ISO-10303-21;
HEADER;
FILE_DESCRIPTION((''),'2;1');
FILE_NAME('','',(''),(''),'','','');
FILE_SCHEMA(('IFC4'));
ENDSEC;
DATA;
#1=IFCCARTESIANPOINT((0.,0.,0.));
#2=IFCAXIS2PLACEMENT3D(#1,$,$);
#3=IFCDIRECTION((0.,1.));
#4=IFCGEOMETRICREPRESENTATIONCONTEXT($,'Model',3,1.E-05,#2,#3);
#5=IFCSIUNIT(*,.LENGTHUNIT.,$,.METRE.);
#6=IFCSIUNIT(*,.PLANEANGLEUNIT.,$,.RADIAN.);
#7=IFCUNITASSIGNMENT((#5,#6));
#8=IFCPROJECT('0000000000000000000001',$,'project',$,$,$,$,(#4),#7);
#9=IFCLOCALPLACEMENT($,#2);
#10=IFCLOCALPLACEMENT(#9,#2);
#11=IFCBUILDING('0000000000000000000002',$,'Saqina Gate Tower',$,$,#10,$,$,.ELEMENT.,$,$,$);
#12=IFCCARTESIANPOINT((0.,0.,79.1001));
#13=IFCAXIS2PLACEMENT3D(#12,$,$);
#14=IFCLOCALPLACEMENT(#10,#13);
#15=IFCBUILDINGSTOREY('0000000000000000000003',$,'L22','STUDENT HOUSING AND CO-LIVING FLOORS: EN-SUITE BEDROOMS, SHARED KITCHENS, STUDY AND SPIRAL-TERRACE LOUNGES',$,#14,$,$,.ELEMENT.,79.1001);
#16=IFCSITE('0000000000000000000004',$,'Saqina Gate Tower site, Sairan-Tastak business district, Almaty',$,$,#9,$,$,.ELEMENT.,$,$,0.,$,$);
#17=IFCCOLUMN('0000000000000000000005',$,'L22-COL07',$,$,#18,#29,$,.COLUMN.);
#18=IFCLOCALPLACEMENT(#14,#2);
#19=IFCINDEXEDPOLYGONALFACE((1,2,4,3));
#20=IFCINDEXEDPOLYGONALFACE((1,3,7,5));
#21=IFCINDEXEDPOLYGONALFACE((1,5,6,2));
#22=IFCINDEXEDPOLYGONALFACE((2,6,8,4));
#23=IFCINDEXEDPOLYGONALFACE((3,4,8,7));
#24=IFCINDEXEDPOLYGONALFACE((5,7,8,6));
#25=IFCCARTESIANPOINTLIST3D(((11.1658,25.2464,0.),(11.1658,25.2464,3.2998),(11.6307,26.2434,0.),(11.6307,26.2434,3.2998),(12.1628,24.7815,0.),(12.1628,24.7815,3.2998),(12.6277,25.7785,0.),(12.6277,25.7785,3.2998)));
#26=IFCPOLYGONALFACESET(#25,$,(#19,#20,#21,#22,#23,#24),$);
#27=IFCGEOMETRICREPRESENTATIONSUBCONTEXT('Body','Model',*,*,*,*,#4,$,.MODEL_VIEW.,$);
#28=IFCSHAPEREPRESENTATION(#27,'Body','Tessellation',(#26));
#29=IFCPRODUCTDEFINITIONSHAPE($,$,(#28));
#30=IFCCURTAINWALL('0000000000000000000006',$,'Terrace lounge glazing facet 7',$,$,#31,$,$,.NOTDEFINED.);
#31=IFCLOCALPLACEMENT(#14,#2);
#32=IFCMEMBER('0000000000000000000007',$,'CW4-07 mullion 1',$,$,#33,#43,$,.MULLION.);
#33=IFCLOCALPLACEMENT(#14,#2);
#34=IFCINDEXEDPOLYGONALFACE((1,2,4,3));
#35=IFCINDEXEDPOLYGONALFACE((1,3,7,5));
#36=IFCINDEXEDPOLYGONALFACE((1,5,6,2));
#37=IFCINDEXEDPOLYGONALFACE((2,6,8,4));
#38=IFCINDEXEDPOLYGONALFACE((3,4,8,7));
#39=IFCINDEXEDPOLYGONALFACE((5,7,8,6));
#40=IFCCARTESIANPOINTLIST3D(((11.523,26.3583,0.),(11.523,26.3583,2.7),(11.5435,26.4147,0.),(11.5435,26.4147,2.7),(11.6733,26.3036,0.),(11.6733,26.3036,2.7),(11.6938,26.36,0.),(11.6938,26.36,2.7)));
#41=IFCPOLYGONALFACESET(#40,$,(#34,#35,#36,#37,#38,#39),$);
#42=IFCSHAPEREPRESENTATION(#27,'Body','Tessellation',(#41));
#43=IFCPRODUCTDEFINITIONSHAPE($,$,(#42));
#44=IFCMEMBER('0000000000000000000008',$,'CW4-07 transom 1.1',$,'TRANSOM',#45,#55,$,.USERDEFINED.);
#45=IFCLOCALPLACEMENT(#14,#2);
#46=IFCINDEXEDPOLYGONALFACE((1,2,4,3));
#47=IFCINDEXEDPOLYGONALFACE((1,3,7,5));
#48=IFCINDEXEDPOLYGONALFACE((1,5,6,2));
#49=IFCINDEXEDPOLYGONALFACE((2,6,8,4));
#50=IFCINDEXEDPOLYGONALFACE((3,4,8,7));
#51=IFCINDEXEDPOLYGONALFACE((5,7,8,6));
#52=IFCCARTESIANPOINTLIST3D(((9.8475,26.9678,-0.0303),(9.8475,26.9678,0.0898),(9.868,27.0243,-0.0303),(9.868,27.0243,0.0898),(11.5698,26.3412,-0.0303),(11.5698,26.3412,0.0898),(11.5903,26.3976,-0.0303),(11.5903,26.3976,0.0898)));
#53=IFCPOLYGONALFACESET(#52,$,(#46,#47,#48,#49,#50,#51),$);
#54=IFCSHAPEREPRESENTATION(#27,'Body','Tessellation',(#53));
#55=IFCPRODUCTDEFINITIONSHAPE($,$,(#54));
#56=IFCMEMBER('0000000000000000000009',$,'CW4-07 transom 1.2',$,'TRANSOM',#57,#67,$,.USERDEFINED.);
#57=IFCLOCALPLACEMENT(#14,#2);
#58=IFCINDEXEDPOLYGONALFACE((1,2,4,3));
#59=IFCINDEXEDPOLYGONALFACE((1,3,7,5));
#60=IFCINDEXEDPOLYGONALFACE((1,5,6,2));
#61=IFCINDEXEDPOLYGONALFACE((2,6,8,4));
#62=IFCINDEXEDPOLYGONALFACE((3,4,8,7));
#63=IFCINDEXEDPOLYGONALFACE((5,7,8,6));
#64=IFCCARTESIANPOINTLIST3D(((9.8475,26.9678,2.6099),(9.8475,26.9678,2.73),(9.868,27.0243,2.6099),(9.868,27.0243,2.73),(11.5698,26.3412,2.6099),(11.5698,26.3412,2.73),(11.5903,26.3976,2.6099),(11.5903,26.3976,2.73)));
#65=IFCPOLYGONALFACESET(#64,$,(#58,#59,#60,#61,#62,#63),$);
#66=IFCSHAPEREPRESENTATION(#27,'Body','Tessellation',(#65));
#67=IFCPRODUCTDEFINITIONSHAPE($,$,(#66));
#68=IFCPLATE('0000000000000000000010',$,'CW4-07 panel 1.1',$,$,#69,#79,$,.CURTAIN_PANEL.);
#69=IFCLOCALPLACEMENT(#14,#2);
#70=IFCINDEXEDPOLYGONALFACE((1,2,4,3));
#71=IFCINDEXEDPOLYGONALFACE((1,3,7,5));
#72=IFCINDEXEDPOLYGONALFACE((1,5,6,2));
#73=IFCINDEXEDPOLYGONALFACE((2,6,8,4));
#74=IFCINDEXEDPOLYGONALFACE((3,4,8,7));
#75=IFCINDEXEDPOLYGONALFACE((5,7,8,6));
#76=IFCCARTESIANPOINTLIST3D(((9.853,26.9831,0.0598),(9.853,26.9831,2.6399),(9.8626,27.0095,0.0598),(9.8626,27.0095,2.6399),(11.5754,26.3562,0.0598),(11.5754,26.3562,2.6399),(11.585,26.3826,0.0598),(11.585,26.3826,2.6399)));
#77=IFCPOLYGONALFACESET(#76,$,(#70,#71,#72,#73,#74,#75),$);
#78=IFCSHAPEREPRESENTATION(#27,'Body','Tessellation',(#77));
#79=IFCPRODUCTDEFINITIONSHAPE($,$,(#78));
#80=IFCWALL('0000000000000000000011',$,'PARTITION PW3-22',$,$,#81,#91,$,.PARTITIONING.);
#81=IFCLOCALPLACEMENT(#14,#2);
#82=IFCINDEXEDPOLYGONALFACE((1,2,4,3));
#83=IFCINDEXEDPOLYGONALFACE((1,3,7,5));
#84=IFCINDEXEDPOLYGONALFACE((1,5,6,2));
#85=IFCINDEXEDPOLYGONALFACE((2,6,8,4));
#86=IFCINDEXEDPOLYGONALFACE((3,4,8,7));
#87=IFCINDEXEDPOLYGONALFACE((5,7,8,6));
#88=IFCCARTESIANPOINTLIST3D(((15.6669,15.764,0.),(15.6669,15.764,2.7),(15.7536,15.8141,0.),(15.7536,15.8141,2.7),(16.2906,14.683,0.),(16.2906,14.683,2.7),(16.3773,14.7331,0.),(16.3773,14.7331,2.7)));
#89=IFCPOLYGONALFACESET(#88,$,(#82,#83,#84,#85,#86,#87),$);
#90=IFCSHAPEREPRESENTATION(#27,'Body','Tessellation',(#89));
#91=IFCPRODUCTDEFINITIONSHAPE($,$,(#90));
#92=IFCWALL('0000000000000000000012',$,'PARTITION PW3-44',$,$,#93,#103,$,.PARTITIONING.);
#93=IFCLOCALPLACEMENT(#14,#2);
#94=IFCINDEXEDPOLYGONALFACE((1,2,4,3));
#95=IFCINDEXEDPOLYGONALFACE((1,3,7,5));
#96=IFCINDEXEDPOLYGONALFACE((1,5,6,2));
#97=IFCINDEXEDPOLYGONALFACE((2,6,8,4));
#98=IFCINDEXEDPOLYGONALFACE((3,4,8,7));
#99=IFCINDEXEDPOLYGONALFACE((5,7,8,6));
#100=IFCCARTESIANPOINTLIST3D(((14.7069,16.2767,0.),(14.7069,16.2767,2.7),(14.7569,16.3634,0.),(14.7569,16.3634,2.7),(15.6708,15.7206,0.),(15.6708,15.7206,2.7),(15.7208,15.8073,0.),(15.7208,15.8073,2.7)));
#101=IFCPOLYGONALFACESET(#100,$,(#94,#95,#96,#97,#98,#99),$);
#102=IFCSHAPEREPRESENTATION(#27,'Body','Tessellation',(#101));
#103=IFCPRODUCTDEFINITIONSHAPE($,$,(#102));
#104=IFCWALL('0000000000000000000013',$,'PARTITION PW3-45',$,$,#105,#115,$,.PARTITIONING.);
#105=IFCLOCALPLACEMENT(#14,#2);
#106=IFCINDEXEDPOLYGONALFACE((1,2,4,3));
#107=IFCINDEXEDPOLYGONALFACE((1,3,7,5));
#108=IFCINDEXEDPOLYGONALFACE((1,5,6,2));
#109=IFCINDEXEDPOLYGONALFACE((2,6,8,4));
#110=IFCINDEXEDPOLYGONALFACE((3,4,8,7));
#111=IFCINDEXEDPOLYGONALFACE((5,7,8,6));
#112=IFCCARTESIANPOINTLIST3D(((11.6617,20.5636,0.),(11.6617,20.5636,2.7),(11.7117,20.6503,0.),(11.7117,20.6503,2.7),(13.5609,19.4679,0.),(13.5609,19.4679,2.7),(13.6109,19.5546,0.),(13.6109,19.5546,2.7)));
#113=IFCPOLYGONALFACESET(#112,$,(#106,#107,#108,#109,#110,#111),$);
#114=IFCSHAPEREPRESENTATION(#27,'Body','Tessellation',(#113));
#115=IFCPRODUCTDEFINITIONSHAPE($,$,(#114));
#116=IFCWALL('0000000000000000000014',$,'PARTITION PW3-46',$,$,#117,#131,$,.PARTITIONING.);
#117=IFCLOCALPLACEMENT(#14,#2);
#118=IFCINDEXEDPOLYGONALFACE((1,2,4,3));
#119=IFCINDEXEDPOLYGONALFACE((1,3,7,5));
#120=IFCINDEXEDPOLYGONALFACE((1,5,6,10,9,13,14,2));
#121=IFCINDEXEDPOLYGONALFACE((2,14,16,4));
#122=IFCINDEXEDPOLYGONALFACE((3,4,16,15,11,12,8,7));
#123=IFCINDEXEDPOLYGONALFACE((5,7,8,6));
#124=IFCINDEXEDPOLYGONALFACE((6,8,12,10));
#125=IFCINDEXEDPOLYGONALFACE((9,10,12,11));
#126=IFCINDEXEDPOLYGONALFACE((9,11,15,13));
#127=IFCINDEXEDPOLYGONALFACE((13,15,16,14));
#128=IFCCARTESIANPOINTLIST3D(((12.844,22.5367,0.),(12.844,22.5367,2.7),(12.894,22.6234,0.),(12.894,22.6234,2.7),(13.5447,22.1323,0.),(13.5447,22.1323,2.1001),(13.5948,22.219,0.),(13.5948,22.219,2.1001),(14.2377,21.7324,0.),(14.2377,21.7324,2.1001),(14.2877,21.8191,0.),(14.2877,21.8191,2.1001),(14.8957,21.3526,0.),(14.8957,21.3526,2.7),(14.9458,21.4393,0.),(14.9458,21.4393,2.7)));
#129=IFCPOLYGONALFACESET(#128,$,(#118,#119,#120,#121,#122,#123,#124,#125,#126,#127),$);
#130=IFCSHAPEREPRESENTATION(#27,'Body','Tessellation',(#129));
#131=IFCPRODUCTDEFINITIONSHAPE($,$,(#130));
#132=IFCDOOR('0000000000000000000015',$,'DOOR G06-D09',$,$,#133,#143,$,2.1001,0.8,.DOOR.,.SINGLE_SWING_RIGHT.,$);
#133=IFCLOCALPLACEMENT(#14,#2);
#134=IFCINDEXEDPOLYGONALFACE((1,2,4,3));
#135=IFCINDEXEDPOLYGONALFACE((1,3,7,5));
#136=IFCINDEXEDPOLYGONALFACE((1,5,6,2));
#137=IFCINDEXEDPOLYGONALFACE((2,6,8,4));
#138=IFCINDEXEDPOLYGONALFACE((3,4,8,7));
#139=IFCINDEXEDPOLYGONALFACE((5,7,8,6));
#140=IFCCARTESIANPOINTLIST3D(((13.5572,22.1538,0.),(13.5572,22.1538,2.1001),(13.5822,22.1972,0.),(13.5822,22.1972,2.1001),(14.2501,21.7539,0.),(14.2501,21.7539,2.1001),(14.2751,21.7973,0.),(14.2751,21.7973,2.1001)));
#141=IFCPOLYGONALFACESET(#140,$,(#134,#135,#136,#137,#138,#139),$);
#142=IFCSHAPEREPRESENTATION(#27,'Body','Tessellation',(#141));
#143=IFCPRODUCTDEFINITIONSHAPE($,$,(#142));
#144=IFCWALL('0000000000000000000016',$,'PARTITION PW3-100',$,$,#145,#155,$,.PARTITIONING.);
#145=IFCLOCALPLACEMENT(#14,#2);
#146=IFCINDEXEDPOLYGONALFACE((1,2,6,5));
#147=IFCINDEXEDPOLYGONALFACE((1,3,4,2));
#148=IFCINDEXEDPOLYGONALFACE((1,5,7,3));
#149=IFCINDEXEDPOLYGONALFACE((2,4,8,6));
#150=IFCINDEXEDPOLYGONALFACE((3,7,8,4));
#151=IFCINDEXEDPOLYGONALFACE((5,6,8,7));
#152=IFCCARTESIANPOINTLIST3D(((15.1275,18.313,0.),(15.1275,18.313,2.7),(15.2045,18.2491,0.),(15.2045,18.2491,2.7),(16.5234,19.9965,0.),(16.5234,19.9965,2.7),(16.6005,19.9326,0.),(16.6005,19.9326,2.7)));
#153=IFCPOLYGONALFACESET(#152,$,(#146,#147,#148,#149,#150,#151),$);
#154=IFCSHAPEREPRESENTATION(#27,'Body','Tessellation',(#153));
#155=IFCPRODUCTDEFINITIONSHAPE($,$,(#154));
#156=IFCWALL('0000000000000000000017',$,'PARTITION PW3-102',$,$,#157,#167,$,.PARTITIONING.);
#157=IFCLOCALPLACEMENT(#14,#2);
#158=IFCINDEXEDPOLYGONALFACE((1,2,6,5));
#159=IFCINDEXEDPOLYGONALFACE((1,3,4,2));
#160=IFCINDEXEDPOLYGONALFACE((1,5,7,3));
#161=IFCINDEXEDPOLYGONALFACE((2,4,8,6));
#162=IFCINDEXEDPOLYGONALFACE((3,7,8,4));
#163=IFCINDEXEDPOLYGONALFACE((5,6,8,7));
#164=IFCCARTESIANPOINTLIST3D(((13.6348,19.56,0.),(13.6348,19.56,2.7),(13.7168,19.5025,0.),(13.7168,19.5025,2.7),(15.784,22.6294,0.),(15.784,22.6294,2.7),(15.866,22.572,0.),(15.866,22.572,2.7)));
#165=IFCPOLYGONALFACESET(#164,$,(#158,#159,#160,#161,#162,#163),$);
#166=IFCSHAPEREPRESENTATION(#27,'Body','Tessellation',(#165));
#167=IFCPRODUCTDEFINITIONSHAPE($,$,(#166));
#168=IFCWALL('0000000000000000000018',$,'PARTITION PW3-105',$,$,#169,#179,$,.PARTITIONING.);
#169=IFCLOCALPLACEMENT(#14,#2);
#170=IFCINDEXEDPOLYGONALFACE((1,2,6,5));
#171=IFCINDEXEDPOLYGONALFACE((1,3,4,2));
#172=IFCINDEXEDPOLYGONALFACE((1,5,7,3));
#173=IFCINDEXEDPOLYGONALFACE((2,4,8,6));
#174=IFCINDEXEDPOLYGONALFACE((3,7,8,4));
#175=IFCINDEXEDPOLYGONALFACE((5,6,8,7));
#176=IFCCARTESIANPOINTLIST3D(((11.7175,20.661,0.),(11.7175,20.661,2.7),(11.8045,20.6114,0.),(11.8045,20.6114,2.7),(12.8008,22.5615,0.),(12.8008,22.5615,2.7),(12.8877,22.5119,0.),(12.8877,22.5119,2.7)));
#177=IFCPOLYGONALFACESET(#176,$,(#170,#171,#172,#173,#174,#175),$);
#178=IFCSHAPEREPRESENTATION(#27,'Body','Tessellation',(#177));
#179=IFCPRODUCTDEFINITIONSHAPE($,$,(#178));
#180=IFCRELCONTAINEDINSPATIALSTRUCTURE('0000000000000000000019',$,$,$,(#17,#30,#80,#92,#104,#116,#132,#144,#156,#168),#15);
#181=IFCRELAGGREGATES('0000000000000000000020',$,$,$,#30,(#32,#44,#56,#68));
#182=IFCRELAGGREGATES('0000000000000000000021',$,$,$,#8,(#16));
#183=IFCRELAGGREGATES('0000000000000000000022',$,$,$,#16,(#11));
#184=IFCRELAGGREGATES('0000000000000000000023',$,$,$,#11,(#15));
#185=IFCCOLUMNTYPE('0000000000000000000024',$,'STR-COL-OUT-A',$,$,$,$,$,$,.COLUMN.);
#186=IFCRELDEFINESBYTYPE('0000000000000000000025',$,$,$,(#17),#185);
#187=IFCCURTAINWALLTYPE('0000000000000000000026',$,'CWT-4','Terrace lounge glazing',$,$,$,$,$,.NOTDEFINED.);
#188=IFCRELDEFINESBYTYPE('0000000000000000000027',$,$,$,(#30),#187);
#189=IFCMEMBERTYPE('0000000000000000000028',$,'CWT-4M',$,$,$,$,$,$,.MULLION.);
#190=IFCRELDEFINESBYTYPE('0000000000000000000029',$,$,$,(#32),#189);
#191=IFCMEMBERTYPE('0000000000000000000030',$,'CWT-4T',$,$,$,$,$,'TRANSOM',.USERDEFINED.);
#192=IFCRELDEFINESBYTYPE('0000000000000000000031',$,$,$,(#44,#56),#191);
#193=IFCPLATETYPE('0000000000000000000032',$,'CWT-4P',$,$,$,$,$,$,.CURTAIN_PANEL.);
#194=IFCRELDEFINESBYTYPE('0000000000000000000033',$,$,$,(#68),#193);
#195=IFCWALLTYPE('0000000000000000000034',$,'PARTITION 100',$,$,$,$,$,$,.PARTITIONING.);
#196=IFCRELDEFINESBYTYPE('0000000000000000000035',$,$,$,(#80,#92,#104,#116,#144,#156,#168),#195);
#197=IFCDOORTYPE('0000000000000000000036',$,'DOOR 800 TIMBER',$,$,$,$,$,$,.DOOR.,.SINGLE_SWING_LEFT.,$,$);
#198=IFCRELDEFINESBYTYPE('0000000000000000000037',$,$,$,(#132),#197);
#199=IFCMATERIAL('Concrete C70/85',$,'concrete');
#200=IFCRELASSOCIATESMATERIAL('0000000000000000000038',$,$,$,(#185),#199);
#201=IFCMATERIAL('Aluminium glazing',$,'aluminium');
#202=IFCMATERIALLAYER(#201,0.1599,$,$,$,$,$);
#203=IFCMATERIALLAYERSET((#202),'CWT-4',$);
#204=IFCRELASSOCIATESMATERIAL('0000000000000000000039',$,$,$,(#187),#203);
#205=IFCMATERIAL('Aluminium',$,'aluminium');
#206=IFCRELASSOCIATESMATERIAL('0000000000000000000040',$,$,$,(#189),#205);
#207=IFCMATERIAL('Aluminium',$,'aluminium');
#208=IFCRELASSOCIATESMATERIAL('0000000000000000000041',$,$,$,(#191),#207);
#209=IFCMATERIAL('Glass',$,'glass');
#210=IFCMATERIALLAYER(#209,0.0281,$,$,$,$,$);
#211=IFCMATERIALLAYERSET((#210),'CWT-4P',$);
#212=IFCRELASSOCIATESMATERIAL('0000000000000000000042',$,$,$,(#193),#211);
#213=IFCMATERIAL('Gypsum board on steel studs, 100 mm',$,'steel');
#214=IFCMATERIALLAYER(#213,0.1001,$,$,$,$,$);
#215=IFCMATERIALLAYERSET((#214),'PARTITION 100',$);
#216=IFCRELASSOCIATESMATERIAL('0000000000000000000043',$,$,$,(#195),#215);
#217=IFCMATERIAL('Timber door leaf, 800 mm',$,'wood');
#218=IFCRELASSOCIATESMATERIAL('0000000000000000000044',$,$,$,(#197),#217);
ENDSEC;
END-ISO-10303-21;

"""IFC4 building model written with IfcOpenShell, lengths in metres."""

from ifc_helpers import new_model, si_unit, direction, frame, frame_2d, origin, origin_2d, place, context, subcontext, project, spatial, rectangle, extrude, material, layer, layer_set, material_profile, profile_set, type_object, element, fill, aggregate, save


model = new_model("IFC4")

# Units and contexts
model_context = context("Model", 3, precision=1e-05, world=origin(), true_north=direction((0.0, 1.0)))
body_context = subcontext(model_context, "Body", "Model", "MODEL_VIEW")
ifc_project = project(units=[si_unit("LENGTHUNIT", "METRE"), si_unit("PLANEANGLEUNIT", "RADIAN")], contexts=[model_context])

# Site, building, storey
site_placement = place(None, origin())
site = spatial("IfcSite", under=ifc_project, at=site_placement, Name="Saqina Gate Tower site, Sairan-Tastak business district, Almaty", CompositionType="ELEMENT", RefElevation=0.0)
building_placement = place(site_placement, origin())
building = spatial("IfcBuilding", under=site, at=building_placement, Name="Saqina Gate Tower", CompositionType="ELEMENT")
storey_placement = place(building_placement, frame((0.0, 0.0, 79.1001)))
storey = spatial("IfcBuildingStorey", under=building, at=storey_placement, Name="L22", Description="STUDENT HOUSING AND CO-LIVING FLOORS: EN-SUITE BEDROOMS, SHARED KITCHENS, STUDY AND SPIRAL-TERRACE LOUNGES", CompositionType="ELEMENT", Elevation=79.1001)

# Column
ifc_material_1 = material(Name="Concrete C70/85", Category="concrete")
ifc_material_profile_1 = material_profile(ifc_material_1, rectangle(XDim=1.1001, YDim=1.1001, at=origin_2d()), Name="RC 1100x1100")
ifc_profile_set_1 = profile_set([ifc_material_profile_1], Name="Concrete C70/85")
column_type = type_object("IfcColumnType", Name="STR-COL-OUT-A", PredefinedType="COLUMN", material=ifc_profile_set_1)
column_placement = place(storey_placement, frame((11.8967, 25.5125, 0.0), z_axis=(0.0, 0.0, 1.0), x_axis=(0.422618, 0.906308, 0.0)))
element("IfcColumn", 1, at=column_placement, inside=storey, type_object=column_type, Name="L22-COL07", PredefinedType="COLUMN", context=body_context, shape_type="SweptSolid", body=[
    extrude(rectangle(XDim=1.1001, YDim=1.1001, at=origin_2d()), origin(), (0.0, 0.0, 1.0), 3.2998),
])

# Curtain wall, members, plate
ifc_material_2 = material(Name="Aluminium glazing", Category="aluminium")
ifc_layer_1 = layer(ifc_material_2, 0.1599)
ifc_layer_set_1 = layer_set([ifc_layer_1], Name="CWT-4")
curtain_wall_type = type_object("IfcCurtainWallType", Name="CWT-4", Description="Terrace lounge glazing", PredefinedType="NOTDEFINED", material=ifc_layer_set_1)
curtain_wall_placement = place(storey_placement, origin())
curtain_wall = element("IfcCurtainWall", 2, at=curtain_wall_placement, inside=storey, type_object=curtain_wall_type, Name="Terrace lounge glazing facet 7", PredefinedType="NOTDEFINED")
ifc_material_3 = material(Name="Aluminium", Category="aluminium")
ifc_material_profile_2 = material_profile(ifc_material_3, rectangle(XDim=0.0601, YDim=0.1599, at=origin_2d()), Name="Aluminium 60x160")
ifc_profile_set_2 = profile_set([ifc_material_profile_2], Name="Aluminium")
member_type_1 = type_object("IfcMemberType", Name="CWT-4M", PredefinedType="MULLION", material=ifc_profile_set_2)
member_1_placement = place(storey_placement, frame((11.6084, 26.3591, 0.0), z_axis=(0.0, 0.0, 1.0), x_axis=(-0.342008, -0.939697, 0.0)))
member_1 = element("IfcMember", 3, at=member_1_placement, type_object=member_type_1, Name="CW4-07 mullion 1", PredefinedType="MULLION", context=body_context, shape_type="SweptSolid", body=[
    extrude(rectangle(XDim=0.0601, YDim=0.1599, at=origin_2d()), origin(), (0.0, 0.0, 1.0), 2.7),
])
ifc_material_4 = material(Name="Aluminium", Category="aluminium")
ifc_material_profile_3 = material_profile(ifc_material_4, rectangle(XDim=0.0601, YDim=0.1201, at=origin_2d()), Name="Aluminium 60x120")
ifc_profile_set_3 = profile_set([ifc_material_profile_3], Name="Aluminium")
member_type_2 = type_object("IfcMemberType", Name="CWT-4T", ElementType="TRANSOM", PredefinedType="USERDEFINED", material=ifc_profile_set_3)
member_2_placement = place(storey_placement, frame((11.5801, 26.3694, 0.0298), z_axis=(-0.939727, 0.341925, 0.0), x_axis=(-0.341925, -0.939727, 0.0)))
member_2 = element("IfcMember", 4, at=member_2_placement, type_object=member_type_2, Name="CW4-07 transom 1.1", ObjectType="TRANSOM", PredefinedType="USERDEFINED", context=body_context, shape_type="SweptSolid", body=[
    extrude(rectangle(XDim=0.0601, YDim=0.1201, at=origin_2d()), origin(), (0.0, 0.0, 1.0), 1.8328),
])
member_3_placement = place(storey_placement, frame((11.5801, 26.3694, 2.6699), z_axis=(-0.939727, 0.341925, 0.0), x_axis=(-0.341925, -0.939727, 0.0)))
member_3 = element("IfcMember", 5, at=member_3_placement, type_object=member_type_2, Name="CW4-07 transom 1.2", ObjectType="TRANSOM", PredefinedType="USERDEFINED", context=body_context, shape_type="SweptSolid", body=[
    extrude(rectangle(XDim=0.0601, YDim=0.1201, at=origin_2d()), origin(), (0.0, 0.0, 1.0), 1.8328),
])
ifc_material_5 = material(Name="Glass", Category="glass")
ifc_layer_2 = layer(ifc_material_5, 0.0281)
ifc_layer_set_2 = layer_set([ifc_layer_2], Name="CWT-4P")
plate_type = type_object("IfcPlateType", Name="CWT-4P", PredefinedType="CURTAIN_PANEL", material=ifc_layer_set_2)
plate_placement = place(storey_placement, frame((10.719, 26.6829, 0.0598), z_axis=(0.0, 0.0, 1.0), x_axis=(-0.939697, 0.342008, 0.0)))
plate = element("IfcPlate", 6, at=plate_placement, type_object=plate_type, Name="CW4-07 panel 1.1", PredefinedType="CURTAIN_PANEL", context=body_context, shape_type="SweptSolid", body=[
    extrude(rectangle(XDim=1.833, YDim=0.0281, at=origin_2d()), origin(), (0.0, 0.0, 1.0), 2.5801),
])
aggregate(curtain_wall, [member_1, member_2, member_3, plate])

# Walls
ifc_material_6 = material(Name="Gypsum board on steel studs, 100 mm", Category="steel")
ifc_layer_3 = layer(ifc_material_6, 0.1001)
ifc_layer_set_3 = layer_set([ifc_layer_3], Name="PARTITION 100")
wall_type_1 = type_object("IfcWallType", Name="PARTITION 100", PredefinedType="PARTITIONING", material=ifc_layer_set_3)
wall_1_placement = place(storey_placement, frame((15.7102, 15.7891, 0.0), z_axis=(0.0, 0.0, 1.0), x_axis=(0.499779, -0.866153, 0.0)))
element("IfcWall", 7, at=wall_1_placement, inside=storey, type_object=wall_type_1, Name="PARTITION PW3-22", PredefinedType="PARTITIONING", context=body_context, shape_type="SweptSolid", body=[
    extrude(rectangle(XDim=1.248, YDim=0.1001, at=frame_2d((0.624, 0.0))), origin(), (0.0, 0.0, 1.0), 2.7),
])
wall_2_placement = place(storey_placement, frame((14.7319, 16.3201, 0.0), z_axis=(0.0, 0.0, 1.0), x_axis=(0.866156, -0.499773, 0.0)))
element("IfcWall", 8, at=wall_2_placement, inside=storey, type_object=wall_type_1, Name="PARTITION PW3-44", PredefinedType="PARTITIONING", context=body_context, shape_type="SweptSolid", body=[
    extrude(rectangle(XDim=1.1128, YDim=0.1001, at=frame_2d((0.5564, 0.0))), origin(), (0.0, 0.0, 1.0), 2.7),
])
wall_3_placement = place(storey_placement, frame((11.6868, 20.6069, 0.0), z_axis=(0.0, 0.0, 1.0), x_axis=(0.86618, -0.499732, 0.0)))
element("IfcWall", 9, at=wall_3_placement, inside=storey, type_object=wall_type_1, Name="PARTITION PW3-45", PredefinedType="PARTITIONING", context=body_context, shape_type="SweptSolid", body=[
    extrude(rectangle(XDim=2.1926, YDim=0.1001, at=frame_2d((1.0962, 0.0))), origin(), (0.0, 0.0, 1.0), 2.7),
])

# Wall, opening, door
wall_4_placement = place(storey_placement, frame((12.8689, 22.5801, 0.0), z_axis=(0.0, 0.0, 1.0), x_axis=(0.866117, -0.499841, 0.0)))
wall_4 = element("IfcWall", 10, at=wall_4_placement, inside=storey, type_object=wall_type_1, Name="PARTITION PW3-46", PredefinedType="PARTITIONING", context=body_context, shape_type="SweptSolid", body=[
    extrude(rectangle(XDim=2.3689, YDim=0.1001, at=frame_2d((1.1846, 0.0))), origin(), (0.0, 0.0, 1.0), 2.7),
])
opening_1_placement = place(wall_4_placement, frame((0.8093, 0.0, 0.0)))
opening_1 = element("IfcOpeningElement", 11, at=opening_1_placement, cuts=wall_4, PredefinedType="OPENING", context=body_context, shape_type="SweptSolid", body=[
    extrude(rectangle(XDim=0.8, YDim=2.1001, at=frame_2d((0.3999, 1.05))), frame((0.0, 0.062, 0.0), z_axis=(0.0, -1.0, 0.0), x_axis=(1.0, 0.0, 0.0)), (0.0, 0.0, 1.0), 0.124),
])
ifc_material_7 = material(Name="Timber door leaf, 800 mm", Category="wood")
door_type_1 = type_object("IfcDoorType", Name="DOOR 800 TIMBER", OperationType="SINGLE_SWING_LEFT", PredefinedType="DOOR", material=ifc_material_7)
door_1_placement = place(opening_1_placement, origin())
door_1 = element("IfcDoor", 12, at=door_1_placement, inside=storey, type_object=door_type_1, Name="DOOR G06-D09", OperationType="SINGLE_SWING_RIGHT", OverallHeight=2.1001, OverallWidth=0.8, PredefinedType="DOOR", context=body_context, shape_type="SweptSolid", body=[
    extrude(rectangle(XDim=0.8, YDim=2.1001, at=frame_2d((0.3999, 1.05))), frame((0.0, 0.0249, 0.0), z_axis=(0.0, -1.0, 0.0), x_axis=(1.0, 0.0, 0.0)), (0.0, 0.0, 1.0), 0.05),
])
fill(opening_1, door_1)

# Walls
wall_5_placement = place(storey_placement, frame((15.166, 18.281, 0.0), z_axis=(0.0, 0.0, 1.0), x_axis=(0.638294, 0.769793, 0.0)))
element("IfcWall", 13, at=wall_5_placement, inside=storey, type_object=wall_type_1, Name="PARTITION PW3-100", PredefinedType="PARTITIONING", context=body_context, shape_type="SweptSolid", body=[
    extrude(rectangle(XDim=2.187, YDim=0.1001, at=frame_2d((1.0935, 0.0))), origin(), (0.0, 0.0, 1.0), 2.7),
])
wall_6_placement = place(storey_placement, frame((13.6758, 19.5312, 0.0), z_axis=(0.0, 0.0, 1.0), x_axis=(0.573576, 0.819152, 0.0)))
element("IfcWall", 14, at=wall_6_placement, inside=storey, type_object=wall_type_1, Name="PARTITION PW3-102", PredefinedType="PARTITIONING", context=body_context, shape_type="SweptSolid", body=[
    extrude(rectangle(XDim=3.7471, YDim=0.1001, at=frame_2d((1.8735, 0.0))), origin(), (0.0, 0.0, 1.0), 2.7),
])
wall_7_placement = place(storey_placement, frame((11.761, 20.6362, 0.0), z_axis=(0.0, 0.0, 1.0), x_axis=(0.495213, 0.868772, 0.0)))
element("IfcWall", 15, at=wall_7_placement, inside=storey, type_object=wall_type_1, Name="PARTITION PW3-105", PredefinedType="PARTITIONING", context=body_context, shape_type="SweptSolid", body=[
    extrude(rectangle(XDim=2.1875, YDim=0.1001, at=frame_2d((1.0938, 0.0))), origin(), (0.0, 0.0, 1.0), 2.7),
])

save(model, "model.ifc")
